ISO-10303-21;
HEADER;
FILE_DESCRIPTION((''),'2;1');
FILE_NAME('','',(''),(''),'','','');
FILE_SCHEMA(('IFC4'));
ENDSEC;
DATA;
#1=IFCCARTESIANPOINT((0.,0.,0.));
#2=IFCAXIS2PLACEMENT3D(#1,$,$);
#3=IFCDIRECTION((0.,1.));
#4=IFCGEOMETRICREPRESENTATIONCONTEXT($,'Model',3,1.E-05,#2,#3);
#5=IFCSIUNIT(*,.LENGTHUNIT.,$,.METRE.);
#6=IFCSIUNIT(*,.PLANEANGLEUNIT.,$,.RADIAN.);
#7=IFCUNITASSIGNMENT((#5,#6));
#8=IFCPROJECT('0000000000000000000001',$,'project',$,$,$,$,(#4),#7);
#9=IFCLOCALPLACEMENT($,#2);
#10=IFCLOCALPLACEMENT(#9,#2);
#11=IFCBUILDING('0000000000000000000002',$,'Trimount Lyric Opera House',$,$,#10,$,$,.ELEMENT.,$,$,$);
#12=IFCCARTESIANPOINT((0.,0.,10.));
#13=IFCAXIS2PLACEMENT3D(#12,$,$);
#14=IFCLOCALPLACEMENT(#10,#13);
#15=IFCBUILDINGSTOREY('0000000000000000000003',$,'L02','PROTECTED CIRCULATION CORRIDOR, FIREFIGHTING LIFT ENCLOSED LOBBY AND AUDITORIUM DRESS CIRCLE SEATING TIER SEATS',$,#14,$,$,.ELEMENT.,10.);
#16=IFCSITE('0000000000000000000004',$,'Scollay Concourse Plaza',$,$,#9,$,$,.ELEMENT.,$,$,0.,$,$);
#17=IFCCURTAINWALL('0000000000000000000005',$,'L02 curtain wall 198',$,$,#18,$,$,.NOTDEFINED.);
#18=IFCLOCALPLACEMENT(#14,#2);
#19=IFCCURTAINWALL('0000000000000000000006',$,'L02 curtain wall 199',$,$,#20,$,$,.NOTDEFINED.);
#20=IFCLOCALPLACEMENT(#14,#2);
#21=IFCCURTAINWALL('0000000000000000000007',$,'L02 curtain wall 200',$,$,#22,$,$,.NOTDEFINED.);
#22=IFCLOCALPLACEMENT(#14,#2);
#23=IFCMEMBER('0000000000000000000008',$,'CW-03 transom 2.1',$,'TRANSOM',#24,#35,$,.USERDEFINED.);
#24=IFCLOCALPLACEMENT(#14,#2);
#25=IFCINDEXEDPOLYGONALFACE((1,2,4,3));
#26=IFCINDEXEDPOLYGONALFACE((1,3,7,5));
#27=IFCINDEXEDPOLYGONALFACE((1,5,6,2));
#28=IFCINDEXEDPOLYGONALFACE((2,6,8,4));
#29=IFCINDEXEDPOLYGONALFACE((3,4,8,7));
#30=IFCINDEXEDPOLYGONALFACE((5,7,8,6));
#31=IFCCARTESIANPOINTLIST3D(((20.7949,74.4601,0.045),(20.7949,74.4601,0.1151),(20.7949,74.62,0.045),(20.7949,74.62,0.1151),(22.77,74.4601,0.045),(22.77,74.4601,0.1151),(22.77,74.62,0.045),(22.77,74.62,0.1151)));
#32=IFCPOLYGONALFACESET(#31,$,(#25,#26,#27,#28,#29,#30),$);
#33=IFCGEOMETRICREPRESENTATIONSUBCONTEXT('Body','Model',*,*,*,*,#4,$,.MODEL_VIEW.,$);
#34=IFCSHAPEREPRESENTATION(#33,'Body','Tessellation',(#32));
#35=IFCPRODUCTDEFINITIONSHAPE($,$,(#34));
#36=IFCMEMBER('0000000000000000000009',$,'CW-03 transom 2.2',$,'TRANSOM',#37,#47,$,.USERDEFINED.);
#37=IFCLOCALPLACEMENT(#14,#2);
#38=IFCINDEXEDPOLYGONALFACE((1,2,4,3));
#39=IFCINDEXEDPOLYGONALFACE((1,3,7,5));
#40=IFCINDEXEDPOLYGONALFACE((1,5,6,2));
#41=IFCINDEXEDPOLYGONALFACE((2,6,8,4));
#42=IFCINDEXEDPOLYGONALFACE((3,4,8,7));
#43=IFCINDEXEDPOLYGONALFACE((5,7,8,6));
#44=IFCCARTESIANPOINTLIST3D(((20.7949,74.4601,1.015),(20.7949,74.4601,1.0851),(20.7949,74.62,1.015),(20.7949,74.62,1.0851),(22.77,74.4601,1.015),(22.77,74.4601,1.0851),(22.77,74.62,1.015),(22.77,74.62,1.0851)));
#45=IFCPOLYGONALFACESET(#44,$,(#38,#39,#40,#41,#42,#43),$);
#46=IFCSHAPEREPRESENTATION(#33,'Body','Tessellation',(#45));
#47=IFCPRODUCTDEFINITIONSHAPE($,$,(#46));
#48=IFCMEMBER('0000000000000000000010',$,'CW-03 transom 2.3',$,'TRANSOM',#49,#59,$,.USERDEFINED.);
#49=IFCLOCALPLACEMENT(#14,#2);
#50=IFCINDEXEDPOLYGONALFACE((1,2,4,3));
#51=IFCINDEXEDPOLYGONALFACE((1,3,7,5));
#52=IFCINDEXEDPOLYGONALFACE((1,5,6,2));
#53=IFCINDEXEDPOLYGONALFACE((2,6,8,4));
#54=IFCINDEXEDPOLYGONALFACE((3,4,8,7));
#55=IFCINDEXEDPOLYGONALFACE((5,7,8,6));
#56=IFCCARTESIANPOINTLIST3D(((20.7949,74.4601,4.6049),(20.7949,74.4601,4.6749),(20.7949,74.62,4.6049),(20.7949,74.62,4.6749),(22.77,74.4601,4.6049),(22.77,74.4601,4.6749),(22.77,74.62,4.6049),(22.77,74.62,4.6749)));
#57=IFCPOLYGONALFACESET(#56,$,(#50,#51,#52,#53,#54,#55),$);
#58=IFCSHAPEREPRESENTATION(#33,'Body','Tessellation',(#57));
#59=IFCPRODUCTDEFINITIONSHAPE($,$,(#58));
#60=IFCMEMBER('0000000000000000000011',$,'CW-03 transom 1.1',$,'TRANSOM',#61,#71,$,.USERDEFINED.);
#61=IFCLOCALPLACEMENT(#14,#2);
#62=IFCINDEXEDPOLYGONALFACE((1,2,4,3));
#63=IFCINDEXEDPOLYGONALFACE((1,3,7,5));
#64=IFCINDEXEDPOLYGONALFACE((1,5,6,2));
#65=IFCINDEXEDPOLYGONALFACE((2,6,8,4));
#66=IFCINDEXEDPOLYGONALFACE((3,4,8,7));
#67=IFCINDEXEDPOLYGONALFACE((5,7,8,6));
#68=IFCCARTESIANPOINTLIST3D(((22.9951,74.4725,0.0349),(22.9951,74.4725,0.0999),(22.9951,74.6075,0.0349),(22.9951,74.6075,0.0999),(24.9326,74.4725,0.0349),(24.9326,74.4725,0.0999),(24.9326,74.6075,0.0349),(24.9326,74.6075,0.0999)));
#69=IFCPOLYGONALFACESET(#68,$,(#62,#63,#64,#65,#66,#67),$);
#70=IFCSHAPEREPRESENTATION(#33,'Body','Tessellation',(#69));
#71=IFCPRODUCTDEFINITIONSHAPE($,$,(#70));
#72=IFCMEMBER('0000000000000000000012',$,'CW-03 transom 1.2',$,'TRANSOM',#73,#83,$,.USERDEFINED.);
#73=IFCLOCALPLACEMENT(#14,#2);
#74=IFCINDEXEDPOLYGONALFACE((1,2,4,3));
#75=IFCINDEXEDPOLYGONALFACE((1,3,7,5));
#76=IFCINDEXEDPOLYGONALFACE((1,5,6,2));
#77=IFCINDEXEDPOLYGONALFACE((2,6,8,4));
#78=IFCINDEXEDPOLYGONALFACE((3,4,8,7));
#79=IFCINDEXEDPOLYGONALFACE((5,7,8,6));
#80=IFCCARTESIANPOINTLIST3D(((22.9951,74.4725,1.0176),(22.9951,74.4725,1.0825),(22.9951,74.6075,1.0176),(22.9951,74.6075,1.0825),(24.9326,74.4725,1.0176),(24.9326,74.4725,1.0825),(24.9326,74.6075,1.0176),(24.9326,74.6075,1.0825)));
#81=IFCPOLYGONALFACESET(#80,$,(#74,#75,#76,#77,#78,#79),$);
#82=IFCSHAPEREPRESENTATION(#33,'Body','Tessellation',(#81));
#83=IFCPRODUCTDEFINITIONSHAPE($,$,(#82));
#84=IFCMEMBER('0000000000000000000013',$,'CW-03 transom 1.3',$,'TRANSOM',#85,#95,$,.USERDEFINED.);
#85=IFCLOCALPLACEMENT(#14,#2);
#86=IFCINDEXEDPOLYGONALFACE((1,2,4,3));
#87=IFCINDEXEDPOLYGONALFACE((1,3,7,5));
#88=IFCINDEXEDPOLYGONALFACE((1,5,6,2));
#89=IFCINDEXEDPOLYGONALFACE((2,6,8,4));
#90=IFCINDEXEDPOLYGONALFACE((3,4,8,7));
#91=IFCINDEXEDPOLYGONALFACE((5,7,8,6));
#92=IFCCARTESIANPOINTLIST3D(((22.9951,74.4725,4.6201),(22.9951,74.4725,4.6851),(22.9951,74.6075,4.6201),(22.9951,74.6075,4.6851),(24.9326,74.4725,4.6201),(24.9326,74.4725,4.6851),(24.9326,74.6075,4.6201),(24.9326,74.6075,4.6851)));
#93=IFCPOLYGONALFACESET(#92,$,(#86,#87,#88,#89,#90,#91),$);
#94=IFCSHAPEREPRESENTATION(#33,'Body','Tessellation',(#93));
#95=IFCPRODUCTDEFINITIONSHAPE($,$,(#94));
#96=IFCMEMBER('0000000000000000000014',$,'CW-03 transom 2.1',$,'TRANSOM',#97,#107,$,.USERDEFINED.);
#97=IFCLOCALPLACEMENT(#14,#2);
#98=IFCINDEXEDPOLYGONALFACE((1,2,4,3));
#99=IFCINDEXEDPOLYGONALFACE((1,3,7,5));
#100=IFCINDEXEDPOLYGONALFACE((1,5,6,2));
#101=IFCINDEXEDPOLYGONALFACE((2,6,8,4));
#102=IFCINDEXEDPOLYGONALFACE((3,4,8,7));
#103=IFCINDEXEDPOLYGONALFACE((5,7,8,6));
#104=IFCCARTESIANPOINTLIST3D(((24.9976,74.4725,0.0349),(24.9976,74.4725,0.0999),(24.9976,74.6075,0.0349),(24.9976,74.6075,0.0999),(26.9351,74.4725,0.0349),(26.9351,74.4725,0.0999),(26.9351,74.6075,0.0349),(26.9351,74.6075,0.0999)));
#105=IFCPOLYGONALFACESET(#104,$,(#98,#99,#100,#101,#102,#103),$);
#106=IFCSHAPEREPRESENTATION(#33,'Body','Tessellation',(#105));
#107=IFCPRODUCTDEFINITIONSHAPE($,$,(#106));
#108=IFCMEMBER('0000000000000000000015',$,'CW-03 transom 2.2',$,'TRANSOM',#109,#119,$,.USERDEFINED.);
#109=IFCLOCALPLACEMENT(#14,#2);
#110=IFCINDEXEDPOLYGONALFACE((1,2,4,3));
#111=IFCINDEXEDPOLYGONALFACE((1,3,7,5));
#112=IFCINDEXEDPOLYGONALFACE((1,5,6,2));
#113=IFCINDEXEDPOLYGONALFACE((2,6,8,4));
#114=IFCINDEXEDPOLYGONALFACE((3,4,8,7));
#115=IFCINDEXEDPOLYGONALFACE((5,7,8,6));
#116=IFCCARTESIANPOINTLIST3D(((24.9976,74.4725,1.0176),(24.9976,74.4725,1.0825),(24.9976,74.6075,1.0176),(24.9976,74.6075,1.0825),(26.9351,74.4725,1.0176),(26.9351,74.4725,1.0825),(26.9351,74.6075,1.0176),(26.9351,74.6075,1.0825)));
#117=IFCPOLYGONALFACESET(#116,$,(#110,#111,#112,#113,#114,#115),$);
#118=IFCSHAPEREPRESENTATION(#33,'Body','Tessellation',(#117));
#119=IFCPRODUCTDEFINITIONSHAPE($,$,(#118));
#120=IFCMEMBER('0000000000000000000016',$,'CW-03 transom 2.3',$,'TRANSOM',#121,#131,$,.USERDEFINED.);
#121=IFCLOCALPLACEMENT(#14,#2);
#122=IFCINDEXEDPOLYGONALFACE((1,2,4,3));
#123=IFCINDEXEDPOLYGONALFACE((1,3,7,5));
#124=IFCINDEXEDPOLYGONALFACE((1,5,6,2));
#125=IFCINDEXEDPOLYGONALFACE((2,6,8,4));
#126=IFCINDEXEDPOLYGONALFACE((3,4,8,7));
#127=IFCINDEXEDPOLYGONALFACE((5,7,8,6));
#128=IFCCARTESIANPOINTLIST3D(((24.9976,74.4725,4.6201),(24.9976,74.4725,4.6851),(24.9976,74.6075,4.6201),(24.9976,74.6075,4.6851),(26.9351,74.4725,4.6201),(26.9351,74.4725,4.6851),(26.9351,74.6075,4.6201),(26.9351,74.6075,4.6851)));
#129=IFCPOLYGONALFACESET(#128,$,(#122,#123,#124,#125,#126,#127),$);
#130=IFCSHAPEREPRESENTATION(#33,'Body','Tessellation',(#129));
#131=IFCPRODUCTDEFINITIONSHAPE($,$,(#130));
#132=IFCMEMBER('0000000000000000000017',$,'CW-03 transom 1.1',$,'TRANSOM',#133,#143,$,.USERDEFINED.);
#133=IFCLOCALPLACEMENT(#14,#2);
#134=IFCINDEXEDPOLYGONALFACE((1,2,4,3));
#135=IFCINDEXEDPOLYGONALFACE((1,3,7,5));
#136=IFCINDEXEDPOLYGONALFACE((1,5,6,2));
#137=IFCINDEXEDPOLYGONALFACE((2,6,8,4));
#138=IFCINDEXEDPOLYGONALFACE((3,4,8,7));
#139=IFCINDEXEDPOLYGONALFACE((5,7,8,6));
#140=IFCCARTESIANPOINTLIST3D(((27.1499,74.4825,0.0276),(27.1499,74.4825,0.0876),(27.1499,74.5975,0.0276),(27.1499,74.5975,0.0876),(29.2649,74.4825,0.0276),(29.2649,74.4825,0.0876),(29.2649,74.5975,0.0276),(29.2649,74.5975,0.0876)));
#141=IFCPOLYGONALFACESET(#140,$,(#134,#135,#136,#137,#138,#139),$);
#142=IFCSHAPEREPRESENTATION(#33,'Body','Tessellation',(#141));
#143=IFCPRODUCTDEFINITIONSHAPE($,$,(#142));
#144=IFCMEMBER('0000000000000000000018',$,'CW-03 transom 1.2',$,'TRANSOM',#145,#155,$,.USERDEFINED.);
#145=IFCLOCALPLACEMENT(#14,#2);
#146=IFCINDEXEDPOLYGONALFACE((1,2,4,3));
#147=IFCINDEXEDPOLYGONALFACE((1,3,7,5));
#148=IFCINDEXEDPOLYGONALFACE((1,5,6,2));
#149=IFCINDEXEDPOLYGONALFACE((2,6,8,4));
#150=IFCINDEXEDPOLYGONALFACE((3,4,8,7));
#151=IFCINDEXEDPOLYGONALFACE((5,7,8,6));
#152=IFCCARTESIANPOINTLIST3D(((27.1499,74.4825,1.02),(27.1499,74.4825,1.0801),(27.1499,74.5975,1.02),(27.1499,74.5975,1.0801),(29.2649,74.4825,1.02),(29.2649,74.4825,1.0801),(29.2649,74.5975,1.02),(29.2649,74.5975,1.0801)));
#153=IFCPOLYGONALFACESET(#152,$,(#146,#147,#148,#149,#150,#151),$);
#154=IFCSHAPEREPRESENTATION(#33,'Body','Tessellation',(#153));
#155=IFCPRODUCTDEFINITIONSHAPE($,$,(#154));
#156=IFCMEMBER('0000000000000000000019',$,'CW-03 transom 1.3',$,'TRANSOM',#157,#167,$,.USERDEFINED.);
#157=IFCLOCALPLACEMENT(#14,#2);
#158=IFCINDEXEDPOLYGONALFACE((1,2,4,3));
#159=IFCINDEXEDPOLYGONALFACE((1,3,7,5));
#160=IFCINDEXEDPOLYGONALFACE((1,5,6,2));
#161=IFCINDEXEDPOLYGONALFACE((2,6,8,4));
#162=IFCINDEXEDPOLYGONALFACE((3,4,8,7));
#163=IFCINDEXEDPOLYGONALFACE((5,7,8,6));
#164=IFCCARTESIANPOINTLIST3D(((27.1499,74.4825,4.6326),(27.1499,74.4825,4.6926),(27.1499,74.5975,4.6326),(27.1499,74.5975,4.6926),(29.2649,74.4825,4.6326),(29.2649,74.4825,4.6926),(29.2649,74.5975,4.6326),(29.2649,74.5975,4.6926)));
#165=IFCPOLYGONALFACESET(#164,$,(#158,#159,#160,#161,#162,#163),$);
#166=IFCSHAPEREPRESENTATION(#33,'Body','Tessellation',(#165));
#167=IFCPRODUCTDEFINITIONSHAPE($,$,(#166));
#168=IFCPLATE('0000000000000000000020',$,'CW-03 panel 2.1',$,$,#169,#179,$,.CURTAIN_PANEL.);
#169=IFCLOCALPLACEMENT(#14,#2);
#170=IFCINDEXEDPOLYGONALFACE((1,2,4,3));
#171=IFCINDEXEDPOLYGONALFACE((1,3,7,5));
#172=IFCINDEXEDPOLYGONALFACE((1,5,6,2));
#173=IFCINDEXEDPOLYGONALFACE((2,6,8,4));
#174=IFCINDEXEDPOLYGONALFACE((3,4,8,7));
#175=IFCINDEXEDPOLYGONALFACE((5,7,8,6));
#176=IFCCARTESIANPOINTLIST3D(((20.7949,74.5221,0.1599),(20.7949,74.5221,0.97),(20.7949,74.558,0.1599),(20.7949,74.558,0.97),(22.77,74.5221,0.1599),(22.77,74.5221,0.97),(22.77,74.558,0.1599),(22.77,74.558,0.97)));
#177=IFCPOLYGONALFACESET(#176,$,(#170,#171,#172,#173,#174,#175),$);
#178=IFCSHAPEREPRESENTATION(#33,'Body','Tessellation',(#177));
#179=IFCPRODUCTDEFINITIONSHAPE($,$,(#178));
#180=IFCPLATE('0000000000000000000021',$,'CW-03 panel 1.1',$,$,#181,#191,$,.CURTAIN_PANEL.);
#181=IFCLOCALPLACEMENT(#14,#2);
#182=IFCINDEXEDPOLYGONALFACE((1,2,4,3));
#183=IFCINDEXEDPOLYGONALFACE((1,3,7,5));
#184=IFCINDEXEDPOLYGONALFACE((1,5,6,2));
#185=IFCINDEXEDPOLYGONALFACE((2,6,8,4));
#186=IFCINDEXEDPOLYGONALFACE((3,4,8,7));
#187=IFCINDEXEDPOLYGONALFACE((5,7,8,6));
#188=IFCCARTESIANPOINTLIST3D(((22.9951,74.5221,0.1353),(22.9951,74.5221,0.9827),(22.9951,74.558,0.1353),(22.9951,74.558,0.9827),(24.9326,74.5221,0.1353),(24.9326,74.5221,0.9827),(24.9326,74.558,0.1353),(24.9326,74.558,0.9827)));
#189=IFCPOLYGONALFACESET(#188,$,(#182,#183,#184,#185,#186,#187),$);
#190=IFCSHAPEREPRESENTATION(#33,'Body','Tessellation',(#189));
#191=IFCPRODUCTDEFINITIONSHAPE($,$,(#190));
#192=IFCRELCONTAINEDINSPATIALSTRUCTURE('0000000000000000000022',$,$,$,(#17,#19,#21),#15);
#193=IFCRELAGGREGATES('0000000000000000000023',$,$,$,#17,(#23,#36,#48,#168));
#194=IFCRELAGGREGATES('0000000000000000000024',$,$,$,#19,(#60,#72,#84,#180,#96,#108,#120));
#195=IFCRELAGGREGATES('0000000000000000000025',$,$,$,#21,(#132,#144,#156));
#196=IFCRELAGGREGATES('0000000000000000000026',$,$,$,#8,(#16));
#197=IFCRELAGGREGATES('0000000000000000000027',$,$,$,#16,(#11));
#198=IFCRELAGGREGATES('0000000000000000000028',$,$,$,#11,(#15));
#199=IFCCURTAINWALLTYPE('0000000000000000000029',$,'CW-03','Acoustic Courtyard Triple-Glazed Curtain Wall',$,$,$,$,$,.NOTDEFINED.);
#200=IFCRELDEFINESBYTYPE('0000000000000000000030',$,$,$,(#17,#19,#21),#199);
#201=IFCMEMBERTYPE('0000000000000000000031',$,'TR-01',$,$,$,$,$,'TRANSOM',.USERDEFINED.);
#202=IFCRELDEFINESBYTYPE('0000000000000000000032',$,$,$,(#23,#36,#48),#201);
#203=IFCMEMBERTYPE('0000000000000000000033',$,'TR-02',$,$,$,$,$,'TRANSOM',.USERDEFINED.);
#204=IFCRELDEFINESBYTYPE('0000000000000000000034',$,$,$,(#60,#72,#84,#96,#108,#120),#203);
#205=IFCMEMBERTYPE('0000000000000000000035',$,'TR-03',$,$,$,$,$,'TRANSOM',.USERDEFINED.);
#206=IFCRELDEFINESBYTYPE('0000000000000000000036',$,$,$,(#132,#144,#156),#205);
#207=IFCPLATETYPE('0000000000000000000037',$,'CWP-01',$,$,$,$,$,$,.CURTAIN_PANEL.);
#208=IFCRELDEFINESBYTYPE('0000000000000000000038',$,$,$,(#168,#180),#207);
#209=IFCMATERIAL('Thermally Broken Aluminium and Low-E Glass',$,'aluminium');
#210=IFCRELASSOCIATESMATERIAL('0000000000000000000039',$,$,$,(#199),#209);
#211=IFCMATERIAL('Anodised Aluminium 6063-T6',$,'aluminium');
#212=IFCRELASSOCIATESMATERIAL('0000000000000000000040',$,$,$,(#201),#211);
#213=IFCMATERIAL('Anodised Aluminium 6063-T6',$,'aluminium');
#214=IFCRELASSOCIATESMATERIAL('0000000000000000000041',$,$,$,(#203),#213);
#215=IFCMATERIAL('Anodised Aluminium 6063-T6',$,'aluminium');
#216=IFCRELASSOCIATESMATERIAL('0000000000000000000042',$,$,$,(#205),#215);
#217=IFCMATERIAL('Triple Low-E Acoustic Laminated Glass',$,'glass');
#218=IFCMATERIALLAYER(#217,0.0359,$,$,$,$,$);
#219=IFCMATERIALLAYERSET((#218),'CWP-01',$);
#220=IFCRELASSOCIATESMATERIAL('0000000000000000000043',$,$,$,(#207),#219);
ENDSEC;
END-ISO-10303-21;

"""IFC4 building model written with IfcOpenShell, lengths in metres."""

from ifc_helpers import new_model, si_unit, direction, frame, origin, origin_2d, place, context, subcontext, project, spatial, rectangle, extrude, material, layer, layer_set, material_profile, profile_set, type_object, element, aggregate, save


model = new_model("IFC4")

# Units and contexts
model_context = context("Model", 3, precision=1e-05, world=origin(), true_north=direction((0.0, 1.0)))
body_context = subcontext(model_context, "Body", "Model", "MODEL_VIEW")
ifc_project = project(units=[si_unit("LENGTHUNIT", "METRE"), si_unit("PLANEANGLEUNIT", "RADIAN")], contexts=[model_context])

# Site, building, storey
site_placement = place(None, origin())
site = spatial("IfcSite", under=ifc_project, at=site_placement, Name="Scollay Concourse Plaza", CompositionType="ELEMENT", RefElevation=0.0)
building_placement = place(site_placement, origin())
building = spatial("IfcBuilding", under=site, at=building_placement, Name="Trimount Lyric Opera House", CompositionType="ELEMENT")
storey_placement = place(building_placement, frame((0.0, 0.0, 10.0)))
storey = spatial("IfcBuildingStorey", under=building, at=storey_placement, Name="L02", Description="PROTECTED CIRCULATION CORRIDOR, FIREFIGHTING LIFT ENCLOSED LOBBY AND AUDITORIUM DRESS CIRCLE SEATING TIER SEATS", CompositionType="ELEMENT", Elevation=10.0)

# Curtain wall
ifc_material_1 = material(Name="Thermally Broken Aluminium and Low-E Glass", Category="aluminium")
curtain_wall_type = type_object("IfcCurtainWallType", Name="CW-03", Description="Acoustic Courtyard Triple-Glazed Curtain Wall", PredefinedType="NOTDEFINED", material=ifc_material_1)
curtain_wall_1_placement = place(storey_placement, origin())
curtain_wall_1 = element("IfcCurtainWall", 1, at=curtain_wall_1_placement, inside=storey, type_object=curtain_wall_type, Name="L02 curtain wall 198", PredefinedType="NOTDEFINED")

# Curtain wall
curtain_wall_2_placement = place(storey_placement, origin())
curtain_wall_2 = element("IfcCurtainWall", 2, at=curtain_wall_2_placement, inside=storey, type_object=curtain_wall_type, Name="L02 curtain wall 199", PredefinedType="NOTDEFINED")

# Curtain wall
curtain_wall_3_placement = place(storey_placement, origin())
curtain_wall_3 = element("IfcCurtainWall", 3, at=curtain_wall_3_placement, inside=storey, type_object=curtain_wall_type, Name="L02 curtain wall 200", PredefinedType="NOTDEFINED")

# Members
ifc_material_2 = material(Name="Anodised Aluminium 6063-T6", Category="aluminium")
ifc_material_profile_1 = material_profile(ifc_material_2, rectangle(XDim=0.1599, YDim=0.0701, at=origin_2d()), Name="ALU-TRAN-70X160")
ifc_profile_set_1 = profile_set([ifc_material_profile_1], Name="Anodised Aluminium 6063-T6")
member_type_1 = type_object("IfcMemberType", Name="TR-01", ElementType="TRANSOM", PredefinedType="USERDEFINED", material=ifc_profile_set_1)
member_1_placement = place(storey_placement, frame((20.7949, 74.54, 0.0801), z_axis=(1.0, 0.0, 0.0), x_axis=(0.0, 1.0, 0.0)))
member_1 = element("IfcMember", 4, at=member_1_placement, type_object=member_type_1, Name="CW-03 transom 2.1", ObjectType="TRANSOM", PredefinedType="USERDEFINED", context=body_context, shape_type="SweptSolid", body=[
    extrude(rectangle(XDim=0.1599, YDim=0.0701, at=origin_2d()), origin(), (0.0, 0.0, 1.0), 1.9751),
])
member_2_placement = place(storey_placement, frame((20.7949, 74.54, 1.05), z_axis=(1.0, 0.0, 0.0), x_axis=(0.0, 1.0, 0.0)))
member_2 = element("IfcMember", 5, at=member_2_placement, type_object=member_type_1, Name="CW-03 transom 2.2", ObjectType="TRANSOM", PredefinedType="USERDEFINED", context=body_context, shape_type="SweptSolid", body=[
    extrude(rectangle(XDim=0.1599, YDim=0.0701, at=origin_2d()), origin(), (0.0, 0.0, 1.0), 1.9751),
])
member_3_placement = place(storey_placement, frame((20.7949, 74.54, 4.6399), z_axis=(1.0, 0.0, 0.0), x_axis=(0.0, 1.0, 0.0)))
member_3 = element("IfcMember", 6, at=member_3_placement, type_object=member_type_1, Name="CW-03 transom 2.3", ObjectType="TRANSOM", PredefinedType="USERDEFINED", context=body_context, shape_type="SweptSolid", body=[
    extrude(rectangle(XDim=0.1599, YDim=0.0701, at=origin_2d()), origin(), (0.0, 0.0, 1.0), 1.9751),
])
ifc_material_3 = material(Name="Anodised Aluminium 6063-T6", Category="aluminium")
ifc_material_profile_2 = material_profile(ifc_material_3, rectangle(XDim=0.135, YDim=0.0649, at=origin_2d()), Name="ALU-TRAN-65X135")
ifc_profile_set_2 = profile_set([ifc_material_profile_2], Name="Anodised Aluminium 6063-T6")
member_type_2 = type_object("IfcMemberType", Name="TR-02", ElementType="TRANSOM", PredefinedType="USERDEFINED", material=ifc_profile_set_2)
member_4_placement = place(storey_placement, frame((22.9951, 74.54, 0.0674), z_axis=(1.0, 0.0, 0.0), x_axis=(0.0, 1.0, 0.0)))
member_4 = element("IfcMember", 7, at=member_4_placement, type_object=member_type_2, Name="CW-03 transom 1.1", ObjectType="TRANSOM", PredefinedType="USERDEFINED", context=body_context, shape_type="SweptSolid", body=[
    extrude(rectangle(XDim=0.135, YDim=0.0649, at=origin_2d()), origin(), (0.0, 0.0, 1.0), 1.9375),
])
member_5_placement = place(storey_placement, frame((22.9951, 74.54, 1.05), z_axis=(1.0, 0.0, 0.0), x_axis=(0.0, 1.0, 0.0)))
member_5 = element("IfcMember", 8, at=member_5_placement, type_object=member_type_2, Name="CW-03 transom 1.2", ObjectType="TRANSOM", PredefinedType="USERDEFINED", context=body_context, shape_type="SweptSolid", body=[
    extrude(rectangle(XDim=0.135, YDim=0.0649, at=origin_2d()), origin(), (0.0, 0.0, 1.0), 1.9375),
])
member_6_placement = place(storey_placement, frame((22.9951, 74.54, 4.6526), z_axis=(1.0, 0.0, 0.0), x_axis=(0.0, 1.0, 0.0)))
member_6 = element("IfcMember", 9, at=member_6_placement, type_object=member_type_2, Name="CW-03 transom 1.3", ObjectType="TRANSOM", PredefinedType="USERDEFINED", context=body_context, shape_type="SweptSolid", body=[
    extrude(rectangle(XDim=0.135, YDim=0.0649, at=origin_2d()), origin(), (0.0, 0.0, 1.0), 1.9375),
])
member_7_placement = place(storey_placement, frame((24.9976, 74.54, 0.0674), z_axis=(1.0, 0.0, 0.0), x_axis=(0.0, 1.0, 0.0)))
member_7 = element("IfcMember", 10, at=member_7_placement, type_object=member_type_2, Name="CW-03 transom 2.1", ObjectType="TRANSOM", PredefinedType="USERDEFINED", context=body_context, shape_type="SweptSolid", body=[
    extrude(rectangle(XDim=0.135, YDim=0.0649, at=origin_2d()), origin(), (0.0, 0.0, 1.0), 1.9375),
])
member_8_placement = place(storey_placement, frame((24.9976, 74.54, 1.05), z_axis=(1.0, 0.0, 0.0), x_axis=(0.0, 1.0, 0.0)))
member_8 = element("IfcMember", 11, at=member_8_placement, type_object=member_type_2, Name="CW-03 transom 2.2", ObjectType="TRANSOM", PredefinedType="USERDEFINED", context=body_context, shape_type="SweptSolid", body=[
    extrude(rectangle(XDim=0.135, YDim=0.0649, at=origin_2d()), origin(), (0.0, 0.0, 1.0), 1.9375),
])
member_9_placement = place(storey_placement, frame((24.9976, 74.54, 4.6526), z_axis=(1.0, 0.0, 0.0), x_axis=(0.0, 1.0, 0.0)))
member_9 = element("IfcMember", 12, at=member_9_placement, type_object=member_type_2, Name="CW-03 transom 2.3", ObjectType="TRANSOM", PredefinedType="USERDEFINED", context=body_context, shape_type="SweptSolid", body=[
    extrude(rectangle(XDim=0.135, YDim=0.0649, at=origin_2d()), origin(), (0.0, 0.0, 1.0), 1.9375),
])
ifc_material_4 = material(Name="Anodised Aluminium 6063-T6", Category="aluminium")
ifc_material_profile_3 = material_profile(ifc_material_4, rectangle(XDim=0.115, YDim=0.0601, at=origin_2d()), Name="ALU-TRAN-60X115")
ifc_profile_set_3 = profile_set([ifc_material_profile_3], Name="Anodised Aluminium 6063-T6")
member_type_3 = type_object("IfcMemberType", Name="TR-03", ElementType="TRANSOM", PredefinedType="USERDEFINED", material=ifc_profile_set_3)
member_10_placement = place(storey_placement, frame((27.1499, 74.54, 0.0576), z_axis=(1.0, 0.0, 0.0), x_axis=(0.0, 1.0, 0.0)))
member_10 = element("IfcMember", 13, at=member_10_placement, type_object=member_type_3, Name="CW-03 transom 1.1", ObjectType="TRANSOM", PredefinedType="USERDEFINED", context=body_context, shape_type="SweptSolid", body=[
    extrude(rectangle(XDim=0.115, YDim=0.0601, at=origin_2d()), origin(), (0.0, 0.0, 1.0), 2.115),
])
member_11_placement = place(storey_placement, frame((27.1499, 74.54, 1.05), z_axis=(1.0, 0.0, 0.0), x_axis=(0.0, 1.0, 0.0)))
member_11 = element("IfcMember", 14, at=member_11_placement, type_object=member_type_3, Name="CW-03 transom 1.2", ObjectType="TRANSOM", PredefinedType="USERDEFINED", context=body_context, shape_type="SweptSolid", body=[
    extrude(rectangle(XDim=0.115, YDim=0.0601, at=origin_2d()), origin(), (0.0, 0.0, 1.0), 2.115),
])
member_12_placement = place(storey_placement, frame((27.1499, 74.54, 4.6626), z_axis=(1.0, 0.0, 0.0), x_axis=(0.0, 1.0, 0.0)))
member_12 = element("IfcMember", 15, at=member_12_placement, type_object=member_type_3, Name="CW-03 transom 1.3", ObjectType="TRANSOM", PredefinedType="USERDEFINED", context=body_context, shape_type="SweptSolid", body=[
    extrude(rectangle(XDim=0.115, YDim=0.0601, at=origin_2d()), origin(), (0.0, 0.0, 1.0), 2.115),
])

# Plates
ifc_material_5 = material(Name="Triple Low-E Acoustic Laminated Glass", Category="glass")
ifc_layer_1 = layer(ifc_material_5, 0.0359)
ifc_layer_set_1 = layer_set([ifc_layer_1], Name="CWP-01")
plate_type_1 = type_object("IfcPlateType", Name="CWP-01", PredefinedType="CURTAIN_PANEL", material=ifc_layer_set_1)
plate_1_placement = place(storey_placement, frame((21.7825, 74.54, 0.1599), z_axis=(0.0, 0.0, 1.0), x_axis=(1.0, 0.0, 0.0)))
plate_1 = element("IfcPlate", 16, at=plate_1_placement, type_object=plate_type_1, Name="CW-03 panel 2.1", PredefinedType="CURTAIN_PANEL", context=body_context, shape_type="SweptSolid", body=[
    extrude(rectangle(XDim=1.9751, YDim=0.0359, at=origin_2d()), origin(), (0.0, 0.0, 1.0), 0.8101),
])
plate_2_placement = place(storey_placement, frame((23.9639, 74.54, 0.1353), z_axis=(0.0, 0.0, 1.0), x_axis=(1.0, 0.0, 0.0)))
plate_2 = element("IfcPlate", 17, at=plate_2_placement, type_object=plate_type_1, Name="CW-03 panel 1.1", PredefinedType="CURTAIN_PANEL", context=body_context, shape_type="SweptSolid", body=[
    extrude(rectangle(XDim=1.9375, YDim=0.0359, at=origin_2d()), origin(), (0.0, 0.0, 1.0), 0.8474),
])
aggregate(curtain_wall_1, [member_1, member_2, member_3, plate_1])
aggregate(curtain_wall_2, [member_4, member_5, member_6, plate_2, member_7, member_8, member_9])
aggregate(curtain_wall_3, [member_10, member_11, member_12])

save(model, "model.ifc")
